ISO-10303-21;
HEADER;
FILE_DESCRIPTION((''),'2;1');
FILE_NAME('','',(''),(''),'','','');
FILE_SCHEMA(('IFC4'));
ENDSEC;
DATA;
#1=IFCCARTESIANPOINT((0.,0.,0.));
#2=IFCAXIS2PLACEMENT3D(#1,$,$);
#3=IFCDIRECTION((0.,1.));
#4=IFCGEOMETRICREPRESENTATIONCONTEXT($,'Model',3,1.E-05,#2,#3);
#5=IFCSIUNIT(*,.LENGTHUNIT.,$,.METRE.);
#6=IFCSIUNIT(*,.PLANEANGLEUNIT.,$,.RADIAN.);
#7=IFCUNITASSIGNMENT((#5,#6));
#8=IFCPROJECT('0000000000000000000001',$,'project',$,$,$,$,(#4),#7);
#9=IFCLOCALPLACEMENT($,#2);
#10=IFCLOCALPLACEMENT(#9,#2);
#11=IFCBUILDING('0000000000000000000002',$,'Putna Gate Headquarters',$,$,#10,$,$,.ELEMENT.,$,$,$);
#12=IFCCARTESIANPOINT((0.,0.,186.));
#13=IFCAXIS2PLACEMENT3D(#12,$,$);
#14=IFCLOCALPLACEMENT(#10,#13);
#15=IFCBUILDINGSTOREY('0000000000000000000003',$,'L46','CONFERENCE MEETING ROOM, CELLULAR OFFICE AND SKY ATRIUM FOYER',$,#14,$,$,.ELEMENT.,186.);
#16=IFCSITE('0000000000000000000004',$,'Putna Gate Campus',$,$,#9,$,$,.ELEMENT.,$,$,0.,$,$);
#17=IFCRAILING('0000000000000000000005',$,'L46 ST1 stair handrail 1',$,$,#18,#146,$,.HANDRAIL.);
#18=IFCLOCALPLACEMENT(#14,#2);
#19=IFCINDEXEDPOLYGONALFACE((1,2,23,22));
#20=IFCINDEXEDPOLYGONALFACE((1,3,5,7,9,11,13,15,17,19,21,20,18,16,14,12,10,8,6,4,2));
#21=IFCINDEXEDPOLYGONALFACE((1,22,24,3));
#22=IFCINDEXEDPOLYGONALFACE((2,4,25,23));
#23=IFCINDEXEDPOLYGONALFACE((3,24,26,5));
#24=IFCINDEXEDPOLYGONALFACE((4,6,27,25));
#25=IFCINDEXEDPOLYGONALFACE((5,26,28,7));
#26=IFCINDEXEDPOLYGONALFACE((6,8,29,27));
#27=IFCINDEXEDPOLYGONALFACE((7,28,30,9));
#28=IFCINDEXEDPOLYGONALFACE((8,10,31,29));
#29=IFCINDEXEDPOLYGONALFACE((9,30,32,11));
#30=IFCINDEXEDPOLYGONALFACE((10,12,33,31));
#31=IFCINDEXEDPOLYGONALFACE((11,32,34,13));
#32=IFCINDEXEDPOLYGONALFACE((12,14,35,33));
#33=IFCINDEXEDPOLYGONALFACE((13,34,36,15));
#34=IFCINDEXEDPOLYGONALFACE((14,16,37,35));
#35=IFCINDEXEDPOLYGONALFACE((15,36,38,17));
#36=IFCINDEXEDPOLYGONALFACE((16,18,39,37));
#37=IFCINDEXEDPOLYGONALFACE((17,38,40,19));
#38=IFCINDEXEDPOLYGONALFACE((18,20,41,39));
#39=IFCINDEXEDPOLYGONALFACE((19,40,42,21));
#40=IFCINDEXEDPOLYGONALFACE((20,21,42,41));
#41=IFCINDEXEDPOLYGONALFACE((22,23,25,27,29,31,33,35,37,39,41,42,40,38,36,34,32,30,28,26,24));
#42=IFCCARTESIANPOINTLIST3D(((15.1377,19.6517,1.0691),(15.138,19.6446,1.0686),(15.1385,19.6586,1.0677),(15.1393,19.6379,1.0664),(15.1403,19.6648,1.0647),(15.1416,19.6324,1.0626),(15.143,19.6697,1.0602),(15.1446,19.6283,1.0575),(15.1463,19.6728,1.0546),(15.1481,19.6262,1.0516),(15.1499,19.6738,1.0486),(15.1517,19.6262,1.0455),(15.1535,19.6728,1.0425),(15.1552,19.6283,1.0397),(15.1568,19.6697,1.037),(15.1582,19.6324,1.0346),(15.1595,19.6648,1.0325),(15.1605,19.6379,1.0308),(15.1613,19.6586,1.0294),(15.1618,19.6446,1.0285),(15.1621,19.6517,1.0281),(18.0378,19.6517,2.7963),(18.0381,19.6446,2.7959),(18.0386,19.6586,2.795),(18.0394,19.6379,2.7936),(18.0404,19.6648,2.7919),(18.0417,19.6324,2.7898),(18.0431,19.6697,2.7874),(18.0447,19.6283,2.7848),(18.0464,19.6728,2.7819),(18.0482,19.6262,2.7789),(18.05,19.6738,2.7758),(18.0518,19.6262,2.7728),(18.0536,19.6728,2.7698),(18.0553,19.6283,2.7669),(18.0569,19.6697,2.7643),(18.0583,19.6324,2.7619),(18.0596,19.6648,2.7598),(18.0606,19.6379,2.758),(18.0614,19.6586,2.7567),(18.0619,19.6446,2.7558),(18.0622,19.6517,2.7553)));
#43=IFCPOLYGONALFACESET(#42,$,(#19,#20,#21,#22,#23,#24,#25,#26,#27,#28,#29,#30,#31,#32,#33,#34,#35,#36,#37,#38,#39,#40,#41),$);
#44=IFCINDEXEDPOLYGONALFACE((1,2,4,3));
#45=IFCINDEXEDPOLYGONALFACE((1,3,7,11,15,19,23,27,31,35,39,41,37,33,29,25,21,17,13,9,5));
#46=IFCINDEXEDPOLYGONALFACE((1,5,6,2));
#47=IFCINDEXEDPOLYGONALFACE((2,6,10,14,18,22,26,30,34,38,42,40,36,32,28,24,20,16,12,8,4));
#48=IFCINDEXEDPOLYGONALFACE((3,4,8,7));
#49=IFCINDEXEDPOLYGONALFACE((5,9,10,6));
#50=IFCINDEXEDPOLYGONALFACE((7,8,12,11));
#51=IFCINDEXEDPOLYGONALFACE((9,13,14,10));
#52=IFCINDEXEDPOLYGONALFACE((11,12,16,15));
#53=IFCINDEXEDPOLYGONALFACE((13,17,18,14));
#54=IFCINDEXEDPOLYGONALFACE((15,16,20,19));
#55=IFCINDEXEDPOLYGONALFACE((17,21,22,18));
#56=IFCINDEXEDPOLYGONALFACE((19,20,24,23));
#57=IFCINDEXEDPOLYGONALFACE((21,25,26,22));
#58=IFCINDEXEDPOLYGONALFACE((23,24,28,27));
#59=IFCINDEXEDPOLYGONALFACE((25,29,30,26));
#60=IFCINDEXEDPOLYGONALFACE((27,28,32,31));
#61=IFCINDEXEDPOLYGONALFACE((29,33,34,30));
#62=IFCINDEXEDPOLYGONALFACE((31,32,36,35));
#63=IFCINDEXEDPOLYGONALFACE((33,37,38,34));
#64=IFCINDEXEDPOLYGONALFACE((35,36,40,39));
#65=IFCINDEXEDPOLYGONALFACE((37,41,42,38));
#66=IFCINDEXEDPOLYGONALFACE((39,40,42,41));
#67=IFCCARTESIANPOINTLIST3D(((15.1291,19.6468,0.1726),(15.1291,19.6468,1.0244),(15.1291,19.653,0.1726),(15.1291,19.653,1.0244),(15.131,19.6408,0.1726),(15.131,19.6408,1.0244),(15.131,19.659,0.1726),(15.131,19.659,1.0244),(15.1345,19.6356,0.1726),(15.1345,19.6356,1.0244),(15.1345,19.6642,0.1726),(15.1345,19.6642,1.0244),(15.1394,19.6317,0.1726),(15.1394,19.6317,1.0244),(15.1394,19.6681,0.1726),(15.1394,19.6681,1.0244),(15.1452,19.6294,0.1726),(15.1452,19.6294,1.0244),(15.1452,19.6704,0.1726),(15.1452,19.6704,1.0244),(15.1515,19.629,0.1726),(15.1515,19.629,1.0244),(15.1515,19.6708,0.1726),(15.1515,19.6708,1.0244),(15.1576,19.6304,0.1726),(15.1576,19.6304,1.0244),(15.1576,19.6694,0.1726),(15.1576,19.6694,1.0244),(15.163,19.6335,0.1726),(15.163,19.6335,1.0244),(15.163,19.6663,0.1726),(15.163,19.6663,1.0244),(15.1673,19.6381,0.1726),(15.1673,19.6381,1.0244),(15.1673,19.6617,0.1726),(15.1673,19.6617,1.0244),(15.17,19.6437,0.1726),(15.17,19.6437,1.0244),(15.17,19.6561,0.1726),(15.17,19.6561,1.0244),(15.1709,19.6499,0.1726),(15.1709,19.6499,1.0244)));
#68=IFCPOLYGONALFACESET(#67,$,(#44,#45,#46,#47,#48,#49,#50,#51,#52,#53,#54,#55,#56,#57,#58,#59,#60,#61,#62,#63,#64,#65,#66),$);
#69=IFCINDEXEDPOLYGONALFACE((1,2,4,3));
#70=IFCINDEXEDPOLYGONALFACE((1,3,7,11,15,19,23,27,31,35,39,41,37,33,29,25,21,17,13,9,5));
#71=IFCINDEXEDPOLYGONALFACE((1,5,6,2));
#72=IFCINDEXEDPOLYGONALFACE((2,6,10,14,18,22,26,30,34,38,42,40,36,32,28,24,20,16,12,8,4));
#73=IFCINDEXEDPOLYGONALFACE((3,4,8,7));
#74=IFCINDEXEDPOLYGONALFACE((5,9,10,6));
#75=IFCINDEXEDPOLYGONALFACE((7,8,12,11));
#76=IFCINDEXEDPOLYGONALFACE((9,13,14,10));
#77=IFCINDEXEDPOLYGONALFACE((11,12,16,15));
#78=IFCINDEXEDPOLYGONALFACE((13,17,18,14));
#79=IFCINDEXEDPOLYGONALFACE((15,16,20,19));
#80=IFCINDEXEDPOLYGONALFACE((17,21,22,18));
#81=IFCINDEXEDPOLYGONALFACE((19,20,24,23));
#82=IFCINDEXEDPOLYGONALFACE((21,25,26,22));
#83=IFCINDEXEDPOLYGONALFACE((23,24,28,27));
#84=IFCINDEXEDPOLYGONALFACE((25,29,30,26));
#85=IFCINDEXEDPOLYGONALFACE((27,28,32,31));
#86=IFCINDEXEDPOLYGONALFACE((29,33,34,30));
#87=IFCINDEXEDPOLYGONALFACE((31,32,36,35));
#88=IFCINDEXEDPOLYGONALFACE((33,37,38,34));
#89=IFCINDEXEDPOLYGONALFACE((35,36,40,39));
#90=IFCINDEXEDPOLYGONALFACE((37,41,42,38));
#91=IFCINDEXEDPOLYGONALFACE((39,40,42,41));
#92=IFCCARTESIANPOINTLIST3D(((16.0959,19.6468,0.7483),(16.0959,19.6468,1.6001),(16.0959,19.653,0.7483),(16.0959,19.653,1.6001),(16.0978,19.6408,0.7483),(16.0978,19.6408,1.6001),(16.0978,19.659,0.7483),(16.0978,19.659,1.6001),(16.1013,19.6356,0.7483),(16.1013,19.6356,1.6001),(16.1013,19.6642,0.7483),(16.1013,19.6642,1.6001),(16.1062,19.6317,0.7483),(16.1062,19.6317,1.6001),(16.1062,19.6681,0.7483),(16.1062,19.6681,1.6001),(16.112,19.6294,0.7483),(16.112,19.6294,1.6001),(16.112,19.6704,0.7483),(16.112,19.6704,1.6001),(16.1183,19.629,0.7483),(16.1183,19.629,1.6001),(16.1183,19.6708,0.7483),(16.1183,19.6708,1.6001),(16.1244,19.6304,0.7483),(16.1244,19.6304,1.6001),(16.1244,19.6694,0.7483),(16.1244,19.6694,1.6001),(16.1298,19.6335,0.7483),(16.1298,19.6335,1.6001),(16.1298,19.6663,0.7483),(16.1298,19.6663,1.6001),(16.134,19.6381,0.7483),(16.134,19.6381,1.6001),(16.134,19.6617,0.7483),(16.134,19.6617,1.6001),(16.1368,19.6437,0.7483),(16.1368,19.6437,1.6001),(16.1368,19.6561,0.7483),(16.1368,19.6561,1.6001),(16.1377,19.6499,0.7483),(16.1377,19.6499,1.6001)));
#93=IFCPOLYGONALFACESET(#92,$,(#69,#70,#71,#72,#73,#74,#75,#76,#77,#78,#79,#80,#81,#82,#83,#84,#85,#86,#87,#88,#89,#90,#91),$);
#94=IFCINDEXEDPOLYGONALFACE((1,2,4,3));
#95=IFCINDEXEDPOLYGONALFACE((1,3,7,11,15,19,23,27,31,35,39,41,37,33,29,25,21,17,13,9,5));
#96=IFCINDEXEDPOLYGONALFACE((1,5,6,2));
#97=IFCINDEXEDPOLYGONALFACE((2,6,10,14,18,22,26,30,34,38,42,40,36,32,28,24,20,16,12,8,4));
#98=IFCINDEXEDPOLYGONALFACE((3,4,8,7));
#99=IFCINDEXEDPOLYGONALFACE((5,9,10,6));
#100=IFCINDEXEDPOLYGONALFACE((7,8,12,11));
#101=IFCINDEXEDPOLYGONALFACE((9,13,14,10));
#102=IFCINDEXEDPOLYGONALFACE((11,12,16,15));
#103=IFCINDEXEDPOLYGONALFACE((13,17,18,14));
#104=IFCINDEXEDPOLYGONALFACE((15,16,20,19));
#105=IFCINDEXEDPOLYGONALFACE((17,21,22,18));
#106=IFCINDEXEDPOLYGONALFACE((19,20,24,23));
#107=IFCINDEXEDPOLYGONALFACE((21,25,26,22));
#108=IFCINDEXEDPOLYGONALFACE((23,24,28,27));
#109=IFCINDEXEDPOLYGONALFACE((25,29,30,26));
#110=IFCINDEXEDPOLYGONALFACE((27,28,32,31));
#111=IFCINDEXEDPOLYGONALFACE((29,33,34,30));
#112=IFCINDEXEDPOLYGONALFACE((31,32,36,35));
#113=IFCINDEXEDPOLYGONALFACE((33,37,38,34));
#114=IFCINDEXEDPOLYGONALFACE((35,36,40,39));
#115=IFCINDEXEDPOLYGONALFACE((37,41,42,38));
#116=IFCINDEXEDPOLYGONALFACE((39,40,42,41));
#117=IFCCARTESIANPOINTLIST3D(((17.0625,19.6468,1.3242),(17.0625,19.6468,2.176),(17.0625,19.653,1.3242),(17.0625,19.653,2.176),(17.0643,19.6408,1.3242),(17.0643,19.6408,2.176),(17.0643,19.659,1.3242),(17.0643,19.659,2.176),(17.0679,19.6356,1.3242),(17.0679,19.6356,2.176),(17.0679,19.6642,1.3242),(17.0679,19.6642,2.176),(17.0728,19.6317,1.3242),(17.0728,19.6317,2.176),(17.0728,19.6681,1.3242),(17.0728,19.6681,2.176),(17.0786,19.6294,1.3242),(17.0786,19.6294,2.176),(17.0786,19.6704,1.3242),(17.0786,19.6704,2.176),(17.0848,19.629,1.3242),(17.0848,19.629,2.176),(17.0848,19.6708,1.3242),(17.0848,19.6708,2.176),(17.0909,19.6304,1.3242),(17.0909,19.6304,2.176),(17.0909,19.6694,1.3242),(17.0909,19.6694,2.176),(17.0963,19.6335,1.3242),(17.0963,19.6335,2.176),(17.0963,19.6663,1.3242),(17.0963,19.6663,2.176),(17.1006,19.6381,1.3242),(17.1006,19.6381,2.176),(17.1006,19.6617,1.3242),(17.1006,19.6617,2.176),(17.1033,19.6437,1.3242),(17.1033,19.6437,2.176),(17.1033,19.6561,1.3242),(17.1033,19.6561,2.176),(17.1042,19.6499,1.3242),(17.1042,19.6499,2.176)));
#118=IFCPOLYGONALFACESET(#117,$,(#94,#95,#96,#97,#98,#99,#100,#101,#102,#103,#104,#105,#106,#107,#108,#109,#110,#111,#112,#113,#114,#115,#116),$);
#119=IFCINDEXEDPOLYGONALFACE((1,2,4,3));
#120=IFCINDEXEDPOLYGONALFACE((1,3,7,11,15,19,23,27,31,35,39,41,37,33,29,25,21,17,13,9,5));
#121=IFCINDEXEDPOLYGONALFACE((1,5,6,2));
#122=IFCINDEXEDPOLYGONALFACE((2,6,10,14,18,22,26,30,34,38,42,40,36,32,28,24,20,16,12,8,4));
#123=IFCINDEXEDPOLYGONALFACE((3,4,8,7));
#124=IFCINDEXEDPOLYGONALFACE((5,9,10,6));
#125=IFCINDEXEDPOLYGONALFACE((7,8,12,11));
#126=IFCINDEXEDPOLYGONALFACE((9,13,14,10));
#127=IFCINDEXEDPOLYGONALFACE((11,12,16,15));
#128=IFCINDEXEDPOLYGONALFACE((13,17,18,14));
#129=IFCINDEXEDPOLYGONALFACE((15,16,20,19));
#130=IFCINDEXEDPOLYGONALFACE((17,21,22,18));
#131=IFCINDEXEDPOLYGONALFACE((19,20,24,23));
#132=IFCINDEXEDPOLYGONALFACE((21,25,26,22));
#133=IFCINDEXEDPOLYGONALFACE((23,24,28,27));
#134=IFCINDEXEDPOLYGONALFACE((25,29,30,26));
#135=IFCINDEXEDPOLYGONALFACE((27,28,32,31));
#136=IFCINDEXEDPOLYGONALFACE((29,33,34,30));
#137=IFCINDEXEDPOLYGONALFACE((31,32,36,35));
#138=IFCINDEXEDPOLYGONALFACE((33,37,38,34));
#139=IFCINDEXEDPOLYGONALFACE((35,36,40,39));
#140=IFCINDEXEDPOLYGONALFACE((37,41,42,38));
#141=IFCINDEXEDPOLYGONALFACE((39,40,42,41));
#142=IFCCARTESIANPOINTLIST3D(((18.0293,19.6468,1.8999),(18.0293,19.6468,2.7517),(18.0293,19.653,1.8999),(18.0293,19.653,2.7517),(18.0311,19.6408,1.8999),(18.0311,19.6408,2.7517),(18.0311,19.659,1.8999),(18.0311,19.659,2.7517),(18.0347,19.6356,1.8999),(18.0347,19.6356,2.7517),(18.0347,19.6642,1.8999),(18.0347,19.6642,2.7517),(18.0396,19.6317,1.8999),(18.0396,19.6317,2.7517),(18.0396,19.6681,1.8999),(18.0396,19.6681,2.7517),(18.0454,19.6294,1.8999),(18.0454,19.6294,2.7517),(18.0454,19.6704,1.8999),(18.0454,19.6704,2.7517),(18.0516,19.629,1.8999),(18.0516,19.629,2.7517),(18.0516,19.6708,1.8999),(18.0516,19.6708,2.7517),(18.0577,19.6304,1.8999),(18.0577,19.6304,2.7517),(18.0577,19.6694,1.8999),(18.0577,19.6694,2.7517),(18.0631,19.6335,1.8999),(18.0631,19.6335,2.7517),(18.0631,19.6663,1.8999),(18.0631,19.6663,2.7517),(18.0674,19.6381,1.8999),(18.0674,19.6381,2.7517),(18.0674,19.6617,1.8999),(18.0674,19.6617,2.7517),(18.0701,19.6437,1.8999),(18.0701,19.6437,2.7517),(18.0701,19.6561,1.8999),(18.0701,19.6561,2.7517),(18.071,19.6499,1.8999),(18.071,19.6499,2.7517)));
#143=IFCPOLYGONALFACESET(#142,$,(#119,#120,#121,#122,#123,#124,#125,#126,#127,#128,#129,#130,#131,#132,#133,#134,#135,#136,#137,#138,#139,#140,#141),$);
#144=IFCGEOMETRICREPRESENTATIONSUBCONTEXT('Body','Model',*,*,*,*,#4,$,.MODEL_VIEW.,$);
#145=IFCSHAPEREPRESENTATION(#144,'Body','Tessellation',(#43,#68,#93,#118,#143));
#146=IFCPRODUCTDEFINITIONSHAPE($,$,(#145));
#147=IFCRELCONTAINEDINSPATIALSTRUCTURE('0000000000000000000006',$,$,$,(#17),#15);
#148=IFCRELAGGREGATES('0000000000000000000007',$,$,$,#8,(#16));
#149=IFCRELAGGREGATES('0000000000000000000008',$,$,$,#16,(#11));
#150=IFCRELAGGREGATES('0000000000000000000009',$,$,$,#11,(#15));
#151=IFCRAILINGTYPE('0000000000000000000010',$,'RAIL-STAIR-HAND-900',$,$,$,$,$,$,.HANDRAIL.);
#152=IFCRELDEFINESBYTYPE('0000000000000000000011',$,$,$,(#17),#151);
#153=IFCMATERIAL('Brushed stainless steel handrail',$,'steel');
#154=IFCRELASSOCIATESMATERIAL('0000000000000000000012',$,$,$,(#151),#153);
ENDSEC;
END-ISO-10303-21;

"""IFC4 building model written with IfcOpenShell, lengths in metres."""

from ifc_helpers import new_model, si_unit, direction, frame, origin, origin_2d, place, context, subcontext, project, spatial, circle, extrude, material, type_object, element, save


model = new_model("IFC4")

# Units and contexts
model_context = context("Model", 3, precision=1e-05, world=origin(), true_north=direction((0.0, 1.0)))
body_context = subcontext(model_context, "Body", "Model", "MODEL_VIEW")
ifc_project = project(units=[si_unit("LENGTHUNIT", "METRE"), si_unit("PLANEANGLEUNIT", "RADIAN")], contexts=[model_context])

# Site, building, storey
site_placement = place(None, origin())
site = spatial("IfcSite", under=ifc_project, at=site_placement, Name="Putna Gate Campus", CompositionType="ELEMENT", RefElevation=0.0)
building_placement = place(site_placement, origin())
building = spatial("IfcBuilding", under=site, at=building_placement, Name="Putna Gate Headquarters", CompositionType="ELEMENT")
storey_placement = place(building_placement, frame((0.0, 0.0, 186.0)))
storey = spatial("IfcBuildingStorey", under=building, at=storey_placement, Name="L46", Description="CONFERENCE MEETING ROOM, CELLULAR OFFICE AND SKY ATRIUM FOYER", CompositionType="ELEMENT", Elevation=186.0)

# Railing
ifc_material_1 = material(Name="Brushed stainless steel handrail", Category="steel")
railing_type_1 = type_object("IfcRailingType", Name="RAIL-STAIR-HAND-900", PredefinedType="HANDRAIL", material=ifc_material_1)
railing_1_placement = place(storey_placement, frame((15.1499, 19.6499, 0.1726)))
element("IfcRailing", 1, at=railing_1_placement, inside=storey, type_object=railing_type_1, Name="L46 ST1 stair handrail 1", PredefinedType="HANDRAIL", context=body_context, shape_type="SweptSolid", body=[
    extrude(circle(Radius=0.0239, at=origin_2d()), frame((0.0, 0.0, 0.876), z_axis=(0.85916, 0.0, 0.511706), x_axis=(0.0, 1.0, 0.0)), (0.0, 0.0, 1.0), 3.3755),
    extrude(circle(Radius=0.021, at=origin_2d()), origin(), (0.0, 0.0, 1.0), 0.8518),
    extrude(circle(Radius=0.021, at=origin_2d()), frame((0.9668, 0.0, 0.5757)), (0.0, 0.0, 1.0), 0.8518),
    extrude(circle(Radius=0.021, at=origin_2d()), frame((1.9333, 0.0, 1.1516)), (0.0, 0.0, 1.0), 0.8518),
    extrude(circle(Radius=0.021, at=origin_2d()), frame((2.9001, 0.0, 1.7273)), (0.0, 0.0, 1.0), 0.8518),
])

save(model, "model.ifc")
